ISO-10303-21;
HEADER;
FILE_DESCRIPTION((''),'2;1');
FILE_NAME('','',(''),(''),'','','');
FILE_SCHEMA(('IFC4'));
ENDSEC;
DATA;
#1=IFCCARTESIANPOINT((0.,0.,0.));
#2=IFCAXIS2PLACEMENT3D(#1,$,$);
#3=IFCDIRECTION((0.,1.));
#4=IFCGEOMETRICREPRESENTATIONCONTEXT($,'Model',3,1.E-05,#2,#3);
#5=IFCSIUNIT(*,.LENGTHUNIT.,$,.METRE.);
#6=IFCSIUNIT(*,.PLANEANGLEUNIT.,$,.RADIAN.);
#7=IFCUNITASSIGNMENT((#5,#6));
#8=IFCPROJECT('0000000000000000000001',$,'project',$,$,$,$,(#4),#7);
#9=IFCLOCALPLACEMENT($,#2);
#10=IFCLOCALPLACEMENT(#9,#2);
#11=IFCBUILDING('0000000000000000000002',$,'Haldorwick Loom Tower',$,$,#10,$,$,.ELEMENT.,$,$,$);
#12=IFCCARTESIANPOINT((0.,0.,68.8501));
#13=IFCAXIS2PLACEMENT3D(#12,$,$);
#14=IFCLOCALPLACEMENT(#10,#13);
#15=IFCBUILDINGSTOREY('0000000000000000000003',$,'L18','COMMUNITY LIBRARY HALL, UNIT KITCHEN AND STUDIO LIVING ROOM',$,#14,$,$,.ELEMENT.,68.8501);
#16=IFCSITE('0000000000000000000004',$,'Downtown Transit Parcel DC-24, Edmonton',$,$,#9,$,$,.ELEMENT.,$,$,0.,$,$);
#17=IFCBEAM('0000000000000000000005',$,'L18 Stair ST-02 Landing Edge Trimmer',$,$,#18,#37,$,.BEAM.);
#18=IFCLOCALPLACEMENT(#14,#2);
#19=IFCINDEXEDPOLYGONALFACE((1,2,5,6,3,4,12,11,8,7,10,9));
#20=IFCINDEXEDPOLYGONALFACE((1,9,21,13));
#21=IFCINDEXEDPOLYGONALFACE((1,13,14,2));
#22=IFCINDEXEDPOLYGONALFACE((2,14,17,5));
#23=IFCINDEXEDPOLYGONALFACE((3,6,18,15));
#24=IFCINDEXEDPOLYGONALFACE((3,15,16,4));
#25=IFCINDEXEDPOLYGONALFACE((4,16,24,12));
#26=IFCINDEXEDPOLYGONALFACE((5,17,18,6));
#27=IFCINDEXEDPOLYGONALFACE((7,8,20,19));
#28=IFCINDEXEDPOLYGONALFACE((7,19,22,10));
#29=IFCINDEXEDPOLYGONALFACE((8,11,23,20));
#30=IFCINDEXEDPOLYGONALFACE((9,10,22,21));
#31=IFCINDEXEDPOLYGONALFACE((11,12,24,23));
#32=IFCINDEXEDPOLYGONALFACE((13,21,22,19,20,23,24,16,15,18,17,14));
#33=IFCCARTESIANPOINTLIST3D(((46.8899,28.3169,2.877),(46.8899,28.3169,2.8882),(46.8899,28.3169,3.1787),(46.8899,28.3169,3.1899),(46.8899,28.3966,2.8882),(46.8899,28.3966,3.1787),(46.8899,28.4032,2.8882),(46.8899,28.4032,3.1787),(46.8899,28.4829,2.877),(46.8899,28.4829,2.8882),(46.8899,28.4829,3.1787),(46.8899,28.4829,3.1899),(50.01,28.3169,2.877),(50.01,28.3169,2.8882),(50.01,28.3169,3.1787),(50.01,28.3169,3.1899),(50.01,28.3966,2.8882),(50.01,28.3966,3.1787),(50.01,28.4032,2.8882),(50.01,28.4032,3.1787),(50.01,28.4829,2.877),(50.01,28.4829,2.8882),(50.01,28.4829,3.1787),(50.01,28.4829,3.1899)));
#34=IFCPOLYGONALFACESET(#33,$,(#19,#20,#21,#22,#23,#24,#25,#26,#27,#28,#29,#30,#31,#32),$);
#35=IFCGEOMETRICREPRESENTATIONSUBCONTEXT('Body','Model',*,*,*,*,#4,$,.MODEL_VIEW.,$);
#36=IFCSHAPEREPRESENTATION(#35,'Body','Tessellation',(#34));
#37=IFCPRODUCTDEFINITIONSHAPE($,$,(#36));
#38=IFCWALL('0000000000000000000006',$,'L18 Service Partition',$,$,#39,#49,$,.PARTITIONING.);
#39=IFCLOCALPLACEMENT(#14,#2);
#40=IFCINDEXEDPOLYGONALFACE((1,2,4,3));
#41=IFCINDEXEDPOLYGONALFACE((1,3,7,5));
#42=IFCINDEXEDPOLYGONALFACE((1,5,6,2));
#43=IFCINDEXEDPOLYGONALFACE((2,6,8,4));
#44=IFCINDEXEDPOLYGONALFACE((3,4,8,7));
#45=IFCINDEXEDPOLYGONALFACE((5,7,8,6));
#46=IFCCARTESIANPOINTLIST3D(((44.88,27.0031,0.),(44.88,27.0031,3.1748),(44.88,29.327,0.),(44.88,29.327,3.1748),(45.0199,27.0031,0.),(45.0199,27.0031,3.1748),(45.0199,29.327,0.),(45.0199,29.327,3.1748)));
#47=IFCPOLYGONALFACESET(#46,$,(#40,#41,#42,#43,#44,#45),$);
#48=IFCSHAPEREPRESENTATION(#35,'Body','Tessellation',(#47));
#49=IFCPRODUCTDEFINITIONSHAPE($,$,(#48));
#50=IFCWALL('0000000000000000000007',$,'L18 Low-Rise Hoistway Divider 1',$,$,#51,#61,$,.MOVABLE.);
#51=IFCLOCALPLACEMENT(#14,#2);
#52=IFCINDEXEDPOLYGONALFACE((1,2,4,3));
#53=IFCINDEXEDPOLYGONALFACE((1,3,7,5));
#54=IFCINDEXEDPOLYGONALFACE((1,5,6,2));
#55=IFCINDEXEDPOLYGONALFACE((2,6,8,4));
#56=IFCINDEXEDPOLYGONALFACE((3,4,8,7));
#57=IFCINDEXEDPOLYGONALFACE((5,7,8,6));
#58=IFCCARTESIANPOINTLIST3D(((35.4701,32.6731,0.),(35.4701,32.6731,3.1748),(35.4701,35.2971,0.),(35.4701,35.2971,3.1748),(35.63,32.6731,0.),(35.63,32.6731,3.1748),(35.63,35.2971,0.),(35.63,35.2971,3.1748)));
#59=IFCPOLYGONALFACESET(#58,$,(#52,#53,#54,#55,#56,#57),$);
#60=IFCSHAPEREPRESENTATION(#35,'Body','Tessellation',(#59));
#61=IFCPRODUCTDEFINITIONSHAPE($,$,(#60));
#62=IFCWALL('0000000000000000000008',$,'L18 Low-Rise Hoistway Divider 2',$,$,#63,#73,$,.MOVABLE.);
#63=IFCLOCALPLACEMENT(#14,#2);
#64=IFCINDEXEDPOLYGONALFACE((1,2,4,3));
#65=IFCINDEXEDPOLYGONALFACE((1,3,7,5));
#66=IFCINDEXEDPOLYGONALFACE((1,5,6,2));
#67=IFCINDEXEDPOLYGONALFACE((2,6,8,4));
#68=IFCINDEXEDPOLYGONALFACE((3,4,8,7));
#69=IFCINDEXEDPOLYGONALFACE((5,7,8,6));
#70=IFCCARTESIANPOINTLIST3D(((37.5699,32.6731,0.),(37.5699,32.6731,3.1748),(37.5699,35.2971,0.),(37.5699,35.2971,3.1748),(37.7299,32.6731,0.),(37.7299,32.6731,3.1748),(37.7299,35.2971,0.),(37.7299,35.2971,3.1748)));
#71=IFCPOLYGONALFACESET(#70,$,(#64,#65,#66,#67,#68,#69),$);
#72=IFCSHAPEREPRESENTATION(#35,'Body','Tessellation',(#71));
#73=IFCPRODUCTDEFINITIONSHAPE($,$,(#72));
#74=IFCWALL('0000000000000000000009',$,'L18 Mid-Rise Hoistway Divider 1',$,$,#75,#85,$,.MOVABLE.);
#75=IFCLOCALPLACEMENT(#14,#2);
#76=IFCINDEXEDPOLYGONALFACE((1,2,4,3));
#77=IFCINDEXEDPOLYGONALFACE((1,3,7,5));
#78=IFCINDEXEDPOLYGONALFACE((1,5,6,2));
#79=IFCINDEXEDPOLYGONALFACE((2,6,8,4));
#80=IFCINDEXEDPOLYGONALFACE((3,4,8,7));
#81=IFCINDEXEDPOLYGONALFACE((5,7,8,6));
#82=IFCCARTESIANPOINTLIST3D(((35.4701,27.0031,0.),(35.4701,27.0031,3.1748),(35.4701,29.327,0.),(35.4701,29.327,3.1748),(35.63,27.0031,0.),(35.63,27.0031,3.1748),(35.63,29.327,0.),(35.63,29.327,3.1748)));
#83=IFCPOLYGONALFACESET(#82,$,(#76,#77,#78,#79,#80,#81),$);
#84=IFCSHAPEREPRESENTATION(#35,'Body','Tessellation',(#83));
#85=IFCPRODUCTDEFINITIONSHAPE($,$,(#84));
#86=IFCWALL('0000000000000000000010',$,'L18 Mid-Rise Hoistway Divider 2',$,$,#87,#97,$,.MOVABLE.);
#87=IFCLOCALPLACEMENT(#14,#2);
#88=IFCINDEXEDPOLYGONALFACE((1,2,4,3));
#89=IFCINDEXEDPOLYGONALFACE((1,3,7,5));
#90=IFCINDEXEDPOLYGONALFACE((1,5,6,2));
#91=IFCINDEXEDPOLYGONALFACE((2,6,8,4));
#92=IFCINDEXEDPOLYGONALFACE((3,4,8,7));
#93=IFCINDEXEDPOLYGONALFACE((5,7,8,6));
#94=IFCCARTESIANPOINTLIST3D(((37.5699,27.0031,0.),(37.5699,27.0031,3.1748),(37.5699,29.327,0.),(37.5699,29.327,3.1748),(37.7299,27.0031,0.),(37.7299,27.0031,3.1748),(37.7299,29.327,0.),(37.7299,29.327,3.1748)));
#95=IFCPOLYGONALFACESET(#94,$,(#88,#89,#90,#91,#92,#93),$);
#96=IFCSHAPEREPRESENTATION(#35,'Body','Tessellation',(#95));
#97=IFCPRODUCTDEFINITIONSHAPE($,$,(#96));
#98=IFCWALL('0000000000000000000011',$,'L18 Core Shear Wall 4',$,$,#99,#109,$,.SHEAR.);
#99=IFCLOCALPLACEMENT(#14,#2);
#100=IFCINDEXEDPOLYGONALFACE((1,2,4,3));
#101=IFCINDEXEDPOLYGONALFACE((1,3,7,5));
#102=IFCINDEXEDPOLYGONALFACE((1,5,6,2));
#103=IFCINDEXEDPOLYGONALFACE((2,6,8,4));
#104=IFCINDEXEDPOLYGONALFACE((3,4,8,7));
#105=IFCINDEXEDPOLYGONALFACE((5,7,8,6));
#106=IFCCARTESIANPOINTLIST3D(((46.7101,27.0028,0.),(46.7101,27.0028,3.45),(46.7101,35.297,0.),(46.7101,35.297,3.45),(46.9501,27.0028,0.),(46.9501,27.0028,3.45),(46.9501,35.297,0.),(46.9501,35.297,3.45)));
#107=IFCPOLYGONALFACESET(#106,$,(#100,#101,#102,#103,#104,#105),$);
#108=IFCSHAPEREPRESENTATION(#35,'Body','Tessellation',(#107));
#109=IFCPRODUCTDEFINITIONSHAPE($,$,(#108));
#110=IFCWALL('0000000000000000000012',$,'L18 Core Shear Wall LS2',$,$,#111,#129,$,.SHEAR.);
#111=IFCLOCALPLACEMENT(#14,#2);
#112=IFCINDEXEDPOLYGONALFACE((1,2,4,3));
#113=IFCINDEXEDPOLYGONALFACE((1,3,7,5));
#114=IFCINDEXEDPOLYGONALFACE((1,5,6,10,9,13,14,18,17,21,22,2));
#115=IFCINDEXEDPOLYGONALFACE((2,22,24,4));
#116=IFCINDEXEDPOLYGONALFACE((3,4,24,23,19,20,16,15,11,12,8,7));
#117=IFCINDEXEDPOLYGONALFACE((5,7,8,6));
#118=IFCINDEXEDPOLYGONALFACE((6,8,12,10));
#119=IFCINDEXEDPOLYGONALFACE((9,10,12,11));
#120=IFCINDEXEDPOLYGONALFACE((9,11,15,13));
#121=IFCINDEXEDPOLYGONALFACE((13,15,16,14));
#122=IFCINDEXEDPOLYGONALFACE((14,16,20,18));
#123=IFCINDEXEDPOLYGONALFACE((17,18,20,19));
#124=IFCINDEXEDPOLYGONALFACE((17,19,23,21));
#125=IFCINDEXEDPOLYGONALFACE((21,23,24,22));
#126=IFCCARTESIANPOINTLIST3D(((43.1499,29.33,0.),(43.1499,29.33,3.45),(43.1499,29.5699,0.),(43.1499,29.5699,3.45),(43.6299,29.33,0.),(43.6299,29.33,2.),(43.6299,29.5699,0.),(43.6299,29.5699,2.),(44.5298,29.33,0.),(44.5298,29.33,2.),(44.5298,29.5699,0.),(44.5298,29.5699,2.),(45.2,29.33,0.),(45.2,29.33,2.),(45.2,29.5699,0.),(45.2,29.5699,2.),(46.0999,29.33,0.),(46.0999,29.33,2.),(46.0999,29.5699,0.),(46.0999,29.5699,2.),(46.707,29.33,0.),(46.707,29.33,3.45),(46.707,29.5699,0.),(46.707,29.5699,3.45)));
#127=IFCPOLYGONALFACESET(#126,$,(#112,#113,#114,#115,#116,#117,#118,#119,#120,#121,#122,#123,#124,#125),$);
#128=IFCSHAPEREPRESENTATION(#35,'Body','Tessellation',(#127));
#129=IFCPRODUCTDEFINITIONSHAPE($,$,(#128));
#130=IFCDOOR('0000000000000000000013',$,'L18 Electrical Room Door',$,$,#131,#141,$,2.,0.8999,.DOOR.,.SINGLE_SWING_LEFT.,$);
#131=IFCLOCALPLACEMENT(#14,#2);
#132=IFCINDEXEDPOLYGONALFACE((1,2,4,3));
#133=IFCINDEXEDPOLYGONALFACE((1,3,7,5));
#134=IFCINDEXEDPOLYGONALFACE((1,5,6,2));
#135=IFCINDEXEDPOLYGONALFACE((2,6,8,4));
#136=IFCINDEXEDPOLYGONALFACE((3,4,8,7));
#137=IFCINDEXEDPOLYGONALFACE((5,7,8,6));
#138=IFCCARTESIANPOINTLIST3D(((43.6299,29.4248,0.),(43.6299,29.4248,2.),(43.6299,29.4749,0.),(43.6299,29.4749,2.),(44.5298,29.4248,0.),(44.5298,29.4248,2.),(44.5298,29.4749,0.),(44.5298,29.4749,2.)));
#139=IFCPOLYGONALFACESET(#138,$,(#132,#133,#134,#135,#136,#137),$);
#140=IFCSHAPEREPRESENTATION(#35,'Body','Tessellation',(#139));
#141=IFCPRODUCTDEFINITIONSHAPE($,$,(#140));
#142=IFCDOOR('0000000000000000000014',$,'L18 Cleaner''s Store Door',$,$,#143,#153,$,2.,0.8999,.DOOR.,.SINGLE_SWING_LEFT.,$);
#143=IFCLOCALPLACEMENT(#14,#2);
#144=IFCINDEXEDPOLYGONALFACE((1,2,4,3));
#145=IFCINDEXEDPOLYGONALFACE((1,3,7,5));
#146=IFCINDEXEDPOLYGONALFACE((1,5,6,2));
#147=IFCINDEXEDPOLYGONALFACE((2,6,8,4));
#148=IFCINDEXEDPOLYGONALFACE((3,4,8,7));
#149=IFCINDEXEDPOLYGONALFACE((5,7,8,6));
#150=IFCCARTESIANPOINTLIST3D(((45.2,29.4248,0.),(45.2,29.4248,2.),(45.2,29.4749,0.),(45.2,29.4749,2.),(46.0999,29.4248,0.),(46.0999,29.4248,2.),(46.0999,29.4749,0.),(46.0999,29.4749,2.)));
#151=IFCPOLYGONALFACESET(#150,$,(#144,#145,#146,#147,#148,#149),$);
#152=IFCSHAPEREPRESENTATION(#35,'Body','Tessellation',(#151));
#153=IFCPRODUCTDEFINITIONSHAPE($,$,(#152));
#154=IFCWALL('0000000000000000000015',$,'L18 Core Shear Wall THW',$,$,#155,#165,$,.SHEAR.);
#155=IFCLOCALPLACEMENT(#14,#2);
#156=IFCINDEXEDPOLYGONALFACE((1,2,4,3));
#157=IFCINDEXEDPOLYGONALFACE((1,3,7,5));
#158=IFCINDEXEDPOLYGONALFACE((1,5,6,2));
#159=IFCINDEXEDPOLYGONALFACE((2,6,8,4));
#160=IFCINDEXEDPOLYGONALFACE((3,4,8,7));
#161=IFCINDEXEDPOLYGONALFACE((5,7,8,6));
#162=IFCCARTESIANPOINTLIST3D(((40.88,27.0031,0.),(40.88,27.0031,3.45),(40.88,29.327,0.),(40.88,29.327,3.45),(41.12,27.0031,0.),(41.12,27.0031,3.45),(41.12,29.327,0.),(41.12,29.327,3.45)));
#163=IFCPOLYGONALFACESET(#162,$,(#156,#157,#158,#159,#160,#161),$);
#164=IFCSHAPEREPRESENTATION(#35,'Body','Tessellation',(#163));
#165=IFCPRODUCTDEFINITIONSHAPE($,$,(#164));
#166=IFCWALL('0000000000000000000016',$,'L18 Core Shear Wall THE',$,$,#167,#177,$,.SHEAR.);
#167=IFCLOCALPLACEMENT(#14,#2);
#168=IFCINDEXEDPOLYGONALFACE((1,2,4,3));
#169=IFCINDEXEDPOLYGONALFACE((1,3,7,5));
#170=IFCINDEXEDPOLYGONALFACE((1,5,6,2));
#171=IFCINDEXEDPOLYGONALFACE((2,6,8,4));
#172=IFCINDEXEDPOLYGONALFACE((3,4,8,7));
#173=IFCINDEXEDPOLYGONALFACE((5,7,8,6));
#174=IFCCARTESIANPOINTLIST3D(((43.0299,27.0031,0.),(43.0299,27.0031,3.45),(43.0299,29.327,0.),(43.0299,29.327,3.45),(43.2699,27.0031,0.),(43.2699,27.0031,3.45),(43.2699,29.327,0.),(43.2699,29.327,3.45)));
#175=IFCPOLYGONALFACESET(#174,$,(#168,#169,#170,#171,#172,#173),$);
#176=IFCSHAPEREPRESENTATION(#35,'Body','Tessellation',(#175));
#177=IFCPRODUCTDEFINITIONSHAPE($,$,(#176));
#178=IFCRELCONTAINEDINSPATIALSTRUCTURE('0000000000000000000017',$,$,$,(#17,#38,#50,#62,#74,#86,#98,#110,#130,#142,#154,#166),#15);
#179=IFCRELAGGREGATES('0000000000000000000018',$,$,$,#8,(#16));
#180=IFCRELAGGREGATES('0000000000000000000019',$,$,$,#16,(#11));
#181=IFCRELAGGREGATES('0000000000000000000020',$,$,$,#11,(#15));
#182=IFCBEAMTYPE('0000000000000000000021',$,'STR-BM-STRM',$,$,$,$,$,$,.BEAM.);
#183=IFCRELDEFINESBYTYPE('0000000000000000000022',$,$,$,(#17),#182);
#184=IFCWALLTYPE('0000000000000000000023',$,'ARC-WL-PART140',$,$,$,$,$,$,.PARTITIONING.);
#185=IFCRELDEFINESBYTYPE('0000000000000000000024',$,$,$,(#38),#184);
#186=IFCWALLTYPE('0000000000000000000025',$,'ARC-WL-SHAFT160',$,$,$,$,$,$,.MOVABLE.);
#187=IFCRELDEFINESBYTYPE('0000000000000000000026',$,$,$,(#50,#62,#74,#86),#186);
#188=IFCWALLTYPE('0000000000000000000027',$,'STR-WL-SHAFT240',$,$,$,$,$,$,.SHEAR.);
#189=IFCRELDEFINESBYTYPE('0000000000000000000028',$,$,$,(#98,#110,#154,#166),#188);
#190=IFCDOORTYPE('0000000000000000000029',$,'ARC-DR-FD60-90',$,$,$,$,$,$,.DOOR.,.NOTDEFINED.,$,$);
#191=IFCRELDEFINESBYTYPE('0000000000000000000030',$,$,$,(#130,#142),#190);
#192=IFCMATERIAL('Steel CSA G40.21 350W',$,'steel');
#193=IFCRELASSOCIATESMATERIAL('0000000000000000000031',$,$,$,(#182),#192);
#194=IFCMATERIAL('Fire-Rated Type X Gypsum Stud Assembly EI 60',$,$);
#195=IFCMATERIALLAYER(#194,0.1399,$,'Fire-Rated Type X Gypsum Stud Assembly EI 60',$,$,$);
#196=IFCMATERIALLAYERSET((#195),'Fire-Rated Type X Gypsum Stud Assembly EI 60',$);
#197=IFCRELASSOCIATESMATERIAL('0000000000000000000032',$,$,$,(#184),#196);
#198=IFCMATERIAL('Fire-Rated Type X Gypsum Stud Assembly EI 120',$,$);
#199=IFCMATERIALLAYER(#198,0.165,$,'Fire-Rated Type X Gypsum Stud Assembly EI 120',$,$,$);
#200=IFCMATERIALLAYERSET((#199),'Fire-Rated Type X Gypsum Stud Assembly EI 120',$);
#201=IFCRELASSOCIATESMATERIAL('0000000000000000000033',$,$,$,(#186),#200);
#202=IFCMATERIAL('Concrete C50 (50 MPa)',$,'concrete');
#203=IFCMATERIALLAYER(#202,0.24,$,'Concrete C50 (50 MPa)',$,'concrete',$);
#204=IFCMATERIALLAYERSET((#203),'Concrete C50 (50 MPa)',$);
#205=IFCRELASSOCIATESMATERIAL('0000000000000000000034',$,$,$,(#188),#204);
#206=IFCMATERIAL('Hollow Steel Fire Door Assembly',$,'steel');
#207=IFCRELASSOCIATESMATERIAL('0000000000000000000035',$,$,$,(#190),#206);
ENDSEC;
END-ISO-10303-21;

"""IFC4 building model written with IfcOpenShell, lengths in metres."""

from ifc_helpers import new_model, si_unit, direction, frame, frame_2d, origin, origin_2d, place, context, subcontext, project, spatial, rectangle, i_section, extrude, material, layer, layer_set, material_profile, profile_set, type_object, element, fill, save


model = new_model("IFC4")

# Units and contexts
model_context = context("Model", 3, precision=1e-05, world=origin(), true_north=direction((0.0, 1.0)))
body_context = subcontext(model_context, "Body", "Model", "MODEL_VIEW")
ifc_project = project(units=[si_unit("LENGTHUNIT", "METRE"), si_unit("PLANEANGLEUNIT", "RADIAN")], contexts=[model_context])

# Site, building, storey
site_placement = place(None, origin())
site = spatial("IfcSite", under=ifc_project, at=site_placement, Name="Downtown Transit Parcel DC-24, Edmonton", CompositionType="ELEMENT", RefElevation=0.0)
building_placement = place(site_placement, origin())
building = spatial("IfcBuilding", under=site, at=building_placement, Name="Haldorwick Loom Tower", CompositionType="ELEMENT")
storey_placement = place(building_placement, frame((0.0, 0.0, 68.8501)))
storey = spatial("IfcBuildingStorey", under=building, at=storey_placement, Name="L18", Description="COMMUNITY LIBRARY HALL, UNIT KITCHEN AND STUDIO LIVING ROOM", CompositionType="ELEMENT", Elevation=68.8501)

# Beam
ifc_material_1 = material(Name="Steel CSA G40.21 350W", Category="steel")
ifc_material_profile_1 = material_profile(ifc_material_1, i_section(OverallWidth=0.166, OverallDepth=0.313, WebThickness=0.0066, FlangeThickness=0.0112, at=origin_2d()), Name="W310X45", Category="steel")
ifc_profile_set_1 = profile_set([ifc_material_profile_1], Name="Steel CSA G40.21 350W")
beam_type_1 = type_object("IfcBeamType", Name="STR-BM-STRM", PredefinedType="BEAM", material=ifc_profile_set_1)
beam_1_placement = place(storey_placement, frame((46.8899, 28.3999, 3.0334), z_axis=(1.0, 0.0, 0.0), x_axis=(0.0, 1.0, 0.0)))
element("IfcBeam", 1, at=beam_1_placement, inside=storey, type_object=beam_type_1, Name="L18 Stair ST-02 Landing Edge Trimmer", PredefinedType="BEAM", context=body_context, shape_type="SweptSolid", body=[
    extrude(i_section(OverallWidth=0.166, OverallDepth=0.313, WebThickness=0.0066, FlangeThickness=0.0112, at=origin_2d()), origin(), (0.0, 0.0, 1.0), 3.1201),
])

# Walls
ifc_material_2 = material(Name="Fire-Rated Type X Gypsum Stud Assembly EI 60")
ifc_layer_1 = layer(ifc_material_2, 0.1399, Name="Fire-Rated Type X Gypsum Stud Assembly EI 60")
ifc_layer_set_1 = layer_set([ifc_layer_1], Name="Fire-Rated Type X Gypsum Stud Assembly EI 60")
wall_type_1 = type_object("IfcWallType", Name="ARC-WL-PART140", PredefinedType="PARTITIONING", material=ifc_layer_set_1)
wall_1_placement = place(storey_placement, frame((44.95, 27.0029, 0.0), z_axis=(0.0, 0.0, 1.0), x_axis=(0.0, 1.0, 0.0)))
element("IfcWall", 2, at=wall_1_placement, inside=storey, type_object=wall_type_1, Name="L18 Service Partition", PredefinedType="PARTITIONING", context=body_context, shape_type="SweptSolid", body=[
    extrude(rectangle(XDim=2.324, YDim=0.1399, at=frame_2d((1.1621, 0.0))), origin(), (0.0, 0.0, 1.0), 3.1748),
])
ifc_material_3 = material(Name="Fire-Rated Type X Gypsum Stud Assembly EI 120")
ifc_layer_2 = layer(ifc_material_3, 0.165, Name="Fire-Rated Type X Gypsum Stud Assembly EI 120")
ifc_layer_set_2 = layer_set([ifc_layer_2], Name="Fire-Rated Type X Gypsum Stud Assembly EI 120")
wall_type_2 = type_object("IfcWallType", Name="ARC-WL-SHAFT160", PredefinedType="MOVABLE", material=ifc_layer_set_2)
for number, where, z_axis, x_axis, name in (
    (3, (35.55, 32.6731, 0.0), (0.0, 0.0, 1.0), (0.0, 1.0, 0.0), "L18 Low-Rise Hoistway Divider 1"),
    (4, (37.6499, 32.6731, 0.0), (0.0, 0.0, 1.0), (0.0, 1.0, 0.0), "L18 Low-Rise Hoistway Divider 2"),
):
    element("IfcWall", number, at=place(storey_placement, frame(where, z_axis=z_axis, x_axis=x_axis)), inside=storey, type_object=wall_type_2, Name=name, PredefinedType="MOVABLE", context=body_context, shape_type="SweptSolid", body=[
        extrude(rectangle(XDim=2.624, YDim=0.1599, at=frame_2d((1.312, 0.0))), origin(), (0.0, 0.0, 1.0), 3.1748),
    ])
for number, where, z_axis, x_axis, name in (
    (5, (35.55, 27.0029, 0.0), (0.0, 0.0, 1.0), (0.0, 1.0, 0.0), "L18 Mid-Rise Hoistway Divider 1"),
    (6, (37.6499, 27.0029, 0.0), (0.0, 0.0, 1.0), (0.0, 1.0, 0.0), "L18 Mid-Rise Hoistway Divider 2"),
):
    element("IfcWall", number, at=place(storey_placement, frame(where, z_axis=z_axis, x_axis=x_axis)), inside=storey, type_object=wall_type_2, Name=name, PredefinedType="MOVABLE", context=body_context, shape_type="SweptSolid", body=[
        extrude(rectangle(XDim=2.324, YDim=0.1599, at=frame_2d((1.1621, 0.0))), origin(), (0.0, 0.0, 1.0), 3.1748),
    ])
ifc_material_4 = material(Name="Concrete C50 (50 MPa)", Category="concrete")
ifc_layer_3 = layer(ifc_material_4, 0.24, Name="Concrete C50 (50 MPa)", Category="concrete")
ifc_layer_set_3 = layer_set([ifc_layer_3], Name="Concrete C50 (50 MPa)")
wall_type_3 = type_object("IfcWallType", Name="STR-WL-SHAFT240", PredefinedType="SHEAR", material=ifc_layer_set_3)
wall_2_placement = place(storey_placement, frame((46.8301, 27.0029, 0.0), z_axis=(0.0, 0.0, 1.0), x_axis=(0.0, 1.0, 0.0)))
element("IfcWall", 7, at=wall_2_placement, inside=storey, type_object=wall_type_3, Name="L18 Core Shear Wall 4", PredefinedType="SHEAR", context=body_context, shape_type="SweptSolid", body=[
    extrude(rectangle(XDim=8.2942, YDim=0.24, at=frame_2d((4.147, 0.0))), origin(), (0.0, 0.0, 1.0), 3.45),
])

# Wall, openings, doors
wall_3_placement = place(storey_placement, frame((43.1499, 29.45, 0.0), z_axis=(0.0, 0.0, 1.0), x_axis=(1.0, 0.0, 0.0)))
wall_3 = element("IfcWall", 8, at=wall_3_placement, inside=storey, type_object=wall_type_3, Name="L18 Core Shear Wall LS2", PredefinedType="SHEAR", context=body_context, shape_type="SweptSolid", body=[
    extrude(rectangle(XDim=3.5571, YDim=0.24, at=frame_2d((1.7786, 0.0))), origin(), (0.0, 0.0, 1.0), 3.45),
])
opening_1_placement = place(wall_3_placement, frame((0.48, 0.0, 0.0)))
opening_1 = element("IfcOpeningElement", 9, at=opening_1_placement, cuts=wall_3, PredefinedType="OPENING", context=body_context, shape_type="SweptSolid", body=[
    extrude(rectangle(XDim=0.8999, YDim=2.0, at=frame_2d((0.45, 1.0))), frame((0.0, 0.1299, 0.0), z_axis=(0.0, -1.0, 0.0), x_axis=(1.0, 0.0, 0.0)), (0.0, 0.0, 1.0), 0.26),
])
opening_2_placement = place(wall_3_placement, frame((2.05, 0.0, 0.0)))
opening_2 = element("IfcOpeningElement", 10, at=opening_2_placement, cuts=wall_3, PredefinedType="OPENING", context=body_context, shape_type="SweptSolid", body=[
    extrude(rectangle(XDim=0.8999, YDim=2.0, at=frame_2d((0.45, 1.0))), frame((0.0, 0.1299, 0.0), z_axis=(0.0, -1.0, 0.0), x_axis=(1.0, 0.0, 0.0)), (0.0, 0.0, 1.0), 0.26),
])
ifc_material_5 = material(Name="Hollow Steel Fire Door Assembly", Category="steel")
door_type = type_object("IfcDoorType", Name="ARC-DR-FD60-90", OperationType="NOTDEFINED", PredefinedType="DOOR", material=ifc_material_5)
door_1_placement = place(opening_1_placement, origin())
door_1 = element("IfcDoor", 11, at=door_1_placement, inside=storey, type_object=door_type, Name="L18 Electrical Room Door", OperationType="SINGLE_SWING_LEFT", OverallHeight=2.0, OverallWidth=0.8999, PredefinedType="DOOR", context=body_context, shape_type="SweptSolid", body=[
    extrude(rectangle(XDim=0.8999, YDim=2.0, at=frame_2d((0.45, 1.0))), frame((0.0, 0.0249, 0.0), z_axis=(0.0, -1.0, 0.0), x_axis=(1.0, 0.0, 0.0)), (0.0, 0.0, 1.0), 0.05),
])
fill(opening_1, door_1)
door_2_placement = place(opening_2_placement, origin())
door_2 = element("IfcDoor", 12, at=door_2_placement, inside=storey, type_object=door_type, Name="L18 Cleaner's Store Door", OperationType="SINGLE_SWING_LEFT", OverallHeight=2.0, OverallWidth=0.8999, PredefinedType="DOOR", context=body_context, shape_type="SweptSolid", body=[
    extrude(rectangle(XDim=0.8999, YDim=2.0, at=frame_2d((0.45, 1.0))), frame((0.0, 0.0249, 0.0), z_axis=(0.0, -1.0, 0.0), x_axis=(1.0, 0.0, 0.0)), (0.0, 0.0, 1.0), 0.05),
])
fill(opening_2, door_2)

# Walls
for number, where, z_axis, x_axis, name in (
    (13, (41.0, 27.0029, 0.0), (0.0, 0.0, 1.0), (0.0, 1.0, 0.0), "L18 Core Shear Wall THW"),
    (14, (43.1499, 27.0029, 0.0), (0.0, 0.0, 1.0), (0.0, 1.0, 0.0), "L18 Core Shear Wall THE"),
):
    element("IfcWall", number, at=place(storey_placement, frame(where, z_axis=z_axis, x_axis=x_axis)), inside=storey, type_object=wall_type_3, Name=name, PredefinedType="SHEAR", context=body_context, shape_type="SweptSolid", body=[
        extrude(rectangle(XDim=2.324, YDim=0.24, at=frame_2d((1.1621, 0.0))), origin(), (0.0, 0.0, 1.0), 3.45),
    ])

save(model, "model.ifc")
